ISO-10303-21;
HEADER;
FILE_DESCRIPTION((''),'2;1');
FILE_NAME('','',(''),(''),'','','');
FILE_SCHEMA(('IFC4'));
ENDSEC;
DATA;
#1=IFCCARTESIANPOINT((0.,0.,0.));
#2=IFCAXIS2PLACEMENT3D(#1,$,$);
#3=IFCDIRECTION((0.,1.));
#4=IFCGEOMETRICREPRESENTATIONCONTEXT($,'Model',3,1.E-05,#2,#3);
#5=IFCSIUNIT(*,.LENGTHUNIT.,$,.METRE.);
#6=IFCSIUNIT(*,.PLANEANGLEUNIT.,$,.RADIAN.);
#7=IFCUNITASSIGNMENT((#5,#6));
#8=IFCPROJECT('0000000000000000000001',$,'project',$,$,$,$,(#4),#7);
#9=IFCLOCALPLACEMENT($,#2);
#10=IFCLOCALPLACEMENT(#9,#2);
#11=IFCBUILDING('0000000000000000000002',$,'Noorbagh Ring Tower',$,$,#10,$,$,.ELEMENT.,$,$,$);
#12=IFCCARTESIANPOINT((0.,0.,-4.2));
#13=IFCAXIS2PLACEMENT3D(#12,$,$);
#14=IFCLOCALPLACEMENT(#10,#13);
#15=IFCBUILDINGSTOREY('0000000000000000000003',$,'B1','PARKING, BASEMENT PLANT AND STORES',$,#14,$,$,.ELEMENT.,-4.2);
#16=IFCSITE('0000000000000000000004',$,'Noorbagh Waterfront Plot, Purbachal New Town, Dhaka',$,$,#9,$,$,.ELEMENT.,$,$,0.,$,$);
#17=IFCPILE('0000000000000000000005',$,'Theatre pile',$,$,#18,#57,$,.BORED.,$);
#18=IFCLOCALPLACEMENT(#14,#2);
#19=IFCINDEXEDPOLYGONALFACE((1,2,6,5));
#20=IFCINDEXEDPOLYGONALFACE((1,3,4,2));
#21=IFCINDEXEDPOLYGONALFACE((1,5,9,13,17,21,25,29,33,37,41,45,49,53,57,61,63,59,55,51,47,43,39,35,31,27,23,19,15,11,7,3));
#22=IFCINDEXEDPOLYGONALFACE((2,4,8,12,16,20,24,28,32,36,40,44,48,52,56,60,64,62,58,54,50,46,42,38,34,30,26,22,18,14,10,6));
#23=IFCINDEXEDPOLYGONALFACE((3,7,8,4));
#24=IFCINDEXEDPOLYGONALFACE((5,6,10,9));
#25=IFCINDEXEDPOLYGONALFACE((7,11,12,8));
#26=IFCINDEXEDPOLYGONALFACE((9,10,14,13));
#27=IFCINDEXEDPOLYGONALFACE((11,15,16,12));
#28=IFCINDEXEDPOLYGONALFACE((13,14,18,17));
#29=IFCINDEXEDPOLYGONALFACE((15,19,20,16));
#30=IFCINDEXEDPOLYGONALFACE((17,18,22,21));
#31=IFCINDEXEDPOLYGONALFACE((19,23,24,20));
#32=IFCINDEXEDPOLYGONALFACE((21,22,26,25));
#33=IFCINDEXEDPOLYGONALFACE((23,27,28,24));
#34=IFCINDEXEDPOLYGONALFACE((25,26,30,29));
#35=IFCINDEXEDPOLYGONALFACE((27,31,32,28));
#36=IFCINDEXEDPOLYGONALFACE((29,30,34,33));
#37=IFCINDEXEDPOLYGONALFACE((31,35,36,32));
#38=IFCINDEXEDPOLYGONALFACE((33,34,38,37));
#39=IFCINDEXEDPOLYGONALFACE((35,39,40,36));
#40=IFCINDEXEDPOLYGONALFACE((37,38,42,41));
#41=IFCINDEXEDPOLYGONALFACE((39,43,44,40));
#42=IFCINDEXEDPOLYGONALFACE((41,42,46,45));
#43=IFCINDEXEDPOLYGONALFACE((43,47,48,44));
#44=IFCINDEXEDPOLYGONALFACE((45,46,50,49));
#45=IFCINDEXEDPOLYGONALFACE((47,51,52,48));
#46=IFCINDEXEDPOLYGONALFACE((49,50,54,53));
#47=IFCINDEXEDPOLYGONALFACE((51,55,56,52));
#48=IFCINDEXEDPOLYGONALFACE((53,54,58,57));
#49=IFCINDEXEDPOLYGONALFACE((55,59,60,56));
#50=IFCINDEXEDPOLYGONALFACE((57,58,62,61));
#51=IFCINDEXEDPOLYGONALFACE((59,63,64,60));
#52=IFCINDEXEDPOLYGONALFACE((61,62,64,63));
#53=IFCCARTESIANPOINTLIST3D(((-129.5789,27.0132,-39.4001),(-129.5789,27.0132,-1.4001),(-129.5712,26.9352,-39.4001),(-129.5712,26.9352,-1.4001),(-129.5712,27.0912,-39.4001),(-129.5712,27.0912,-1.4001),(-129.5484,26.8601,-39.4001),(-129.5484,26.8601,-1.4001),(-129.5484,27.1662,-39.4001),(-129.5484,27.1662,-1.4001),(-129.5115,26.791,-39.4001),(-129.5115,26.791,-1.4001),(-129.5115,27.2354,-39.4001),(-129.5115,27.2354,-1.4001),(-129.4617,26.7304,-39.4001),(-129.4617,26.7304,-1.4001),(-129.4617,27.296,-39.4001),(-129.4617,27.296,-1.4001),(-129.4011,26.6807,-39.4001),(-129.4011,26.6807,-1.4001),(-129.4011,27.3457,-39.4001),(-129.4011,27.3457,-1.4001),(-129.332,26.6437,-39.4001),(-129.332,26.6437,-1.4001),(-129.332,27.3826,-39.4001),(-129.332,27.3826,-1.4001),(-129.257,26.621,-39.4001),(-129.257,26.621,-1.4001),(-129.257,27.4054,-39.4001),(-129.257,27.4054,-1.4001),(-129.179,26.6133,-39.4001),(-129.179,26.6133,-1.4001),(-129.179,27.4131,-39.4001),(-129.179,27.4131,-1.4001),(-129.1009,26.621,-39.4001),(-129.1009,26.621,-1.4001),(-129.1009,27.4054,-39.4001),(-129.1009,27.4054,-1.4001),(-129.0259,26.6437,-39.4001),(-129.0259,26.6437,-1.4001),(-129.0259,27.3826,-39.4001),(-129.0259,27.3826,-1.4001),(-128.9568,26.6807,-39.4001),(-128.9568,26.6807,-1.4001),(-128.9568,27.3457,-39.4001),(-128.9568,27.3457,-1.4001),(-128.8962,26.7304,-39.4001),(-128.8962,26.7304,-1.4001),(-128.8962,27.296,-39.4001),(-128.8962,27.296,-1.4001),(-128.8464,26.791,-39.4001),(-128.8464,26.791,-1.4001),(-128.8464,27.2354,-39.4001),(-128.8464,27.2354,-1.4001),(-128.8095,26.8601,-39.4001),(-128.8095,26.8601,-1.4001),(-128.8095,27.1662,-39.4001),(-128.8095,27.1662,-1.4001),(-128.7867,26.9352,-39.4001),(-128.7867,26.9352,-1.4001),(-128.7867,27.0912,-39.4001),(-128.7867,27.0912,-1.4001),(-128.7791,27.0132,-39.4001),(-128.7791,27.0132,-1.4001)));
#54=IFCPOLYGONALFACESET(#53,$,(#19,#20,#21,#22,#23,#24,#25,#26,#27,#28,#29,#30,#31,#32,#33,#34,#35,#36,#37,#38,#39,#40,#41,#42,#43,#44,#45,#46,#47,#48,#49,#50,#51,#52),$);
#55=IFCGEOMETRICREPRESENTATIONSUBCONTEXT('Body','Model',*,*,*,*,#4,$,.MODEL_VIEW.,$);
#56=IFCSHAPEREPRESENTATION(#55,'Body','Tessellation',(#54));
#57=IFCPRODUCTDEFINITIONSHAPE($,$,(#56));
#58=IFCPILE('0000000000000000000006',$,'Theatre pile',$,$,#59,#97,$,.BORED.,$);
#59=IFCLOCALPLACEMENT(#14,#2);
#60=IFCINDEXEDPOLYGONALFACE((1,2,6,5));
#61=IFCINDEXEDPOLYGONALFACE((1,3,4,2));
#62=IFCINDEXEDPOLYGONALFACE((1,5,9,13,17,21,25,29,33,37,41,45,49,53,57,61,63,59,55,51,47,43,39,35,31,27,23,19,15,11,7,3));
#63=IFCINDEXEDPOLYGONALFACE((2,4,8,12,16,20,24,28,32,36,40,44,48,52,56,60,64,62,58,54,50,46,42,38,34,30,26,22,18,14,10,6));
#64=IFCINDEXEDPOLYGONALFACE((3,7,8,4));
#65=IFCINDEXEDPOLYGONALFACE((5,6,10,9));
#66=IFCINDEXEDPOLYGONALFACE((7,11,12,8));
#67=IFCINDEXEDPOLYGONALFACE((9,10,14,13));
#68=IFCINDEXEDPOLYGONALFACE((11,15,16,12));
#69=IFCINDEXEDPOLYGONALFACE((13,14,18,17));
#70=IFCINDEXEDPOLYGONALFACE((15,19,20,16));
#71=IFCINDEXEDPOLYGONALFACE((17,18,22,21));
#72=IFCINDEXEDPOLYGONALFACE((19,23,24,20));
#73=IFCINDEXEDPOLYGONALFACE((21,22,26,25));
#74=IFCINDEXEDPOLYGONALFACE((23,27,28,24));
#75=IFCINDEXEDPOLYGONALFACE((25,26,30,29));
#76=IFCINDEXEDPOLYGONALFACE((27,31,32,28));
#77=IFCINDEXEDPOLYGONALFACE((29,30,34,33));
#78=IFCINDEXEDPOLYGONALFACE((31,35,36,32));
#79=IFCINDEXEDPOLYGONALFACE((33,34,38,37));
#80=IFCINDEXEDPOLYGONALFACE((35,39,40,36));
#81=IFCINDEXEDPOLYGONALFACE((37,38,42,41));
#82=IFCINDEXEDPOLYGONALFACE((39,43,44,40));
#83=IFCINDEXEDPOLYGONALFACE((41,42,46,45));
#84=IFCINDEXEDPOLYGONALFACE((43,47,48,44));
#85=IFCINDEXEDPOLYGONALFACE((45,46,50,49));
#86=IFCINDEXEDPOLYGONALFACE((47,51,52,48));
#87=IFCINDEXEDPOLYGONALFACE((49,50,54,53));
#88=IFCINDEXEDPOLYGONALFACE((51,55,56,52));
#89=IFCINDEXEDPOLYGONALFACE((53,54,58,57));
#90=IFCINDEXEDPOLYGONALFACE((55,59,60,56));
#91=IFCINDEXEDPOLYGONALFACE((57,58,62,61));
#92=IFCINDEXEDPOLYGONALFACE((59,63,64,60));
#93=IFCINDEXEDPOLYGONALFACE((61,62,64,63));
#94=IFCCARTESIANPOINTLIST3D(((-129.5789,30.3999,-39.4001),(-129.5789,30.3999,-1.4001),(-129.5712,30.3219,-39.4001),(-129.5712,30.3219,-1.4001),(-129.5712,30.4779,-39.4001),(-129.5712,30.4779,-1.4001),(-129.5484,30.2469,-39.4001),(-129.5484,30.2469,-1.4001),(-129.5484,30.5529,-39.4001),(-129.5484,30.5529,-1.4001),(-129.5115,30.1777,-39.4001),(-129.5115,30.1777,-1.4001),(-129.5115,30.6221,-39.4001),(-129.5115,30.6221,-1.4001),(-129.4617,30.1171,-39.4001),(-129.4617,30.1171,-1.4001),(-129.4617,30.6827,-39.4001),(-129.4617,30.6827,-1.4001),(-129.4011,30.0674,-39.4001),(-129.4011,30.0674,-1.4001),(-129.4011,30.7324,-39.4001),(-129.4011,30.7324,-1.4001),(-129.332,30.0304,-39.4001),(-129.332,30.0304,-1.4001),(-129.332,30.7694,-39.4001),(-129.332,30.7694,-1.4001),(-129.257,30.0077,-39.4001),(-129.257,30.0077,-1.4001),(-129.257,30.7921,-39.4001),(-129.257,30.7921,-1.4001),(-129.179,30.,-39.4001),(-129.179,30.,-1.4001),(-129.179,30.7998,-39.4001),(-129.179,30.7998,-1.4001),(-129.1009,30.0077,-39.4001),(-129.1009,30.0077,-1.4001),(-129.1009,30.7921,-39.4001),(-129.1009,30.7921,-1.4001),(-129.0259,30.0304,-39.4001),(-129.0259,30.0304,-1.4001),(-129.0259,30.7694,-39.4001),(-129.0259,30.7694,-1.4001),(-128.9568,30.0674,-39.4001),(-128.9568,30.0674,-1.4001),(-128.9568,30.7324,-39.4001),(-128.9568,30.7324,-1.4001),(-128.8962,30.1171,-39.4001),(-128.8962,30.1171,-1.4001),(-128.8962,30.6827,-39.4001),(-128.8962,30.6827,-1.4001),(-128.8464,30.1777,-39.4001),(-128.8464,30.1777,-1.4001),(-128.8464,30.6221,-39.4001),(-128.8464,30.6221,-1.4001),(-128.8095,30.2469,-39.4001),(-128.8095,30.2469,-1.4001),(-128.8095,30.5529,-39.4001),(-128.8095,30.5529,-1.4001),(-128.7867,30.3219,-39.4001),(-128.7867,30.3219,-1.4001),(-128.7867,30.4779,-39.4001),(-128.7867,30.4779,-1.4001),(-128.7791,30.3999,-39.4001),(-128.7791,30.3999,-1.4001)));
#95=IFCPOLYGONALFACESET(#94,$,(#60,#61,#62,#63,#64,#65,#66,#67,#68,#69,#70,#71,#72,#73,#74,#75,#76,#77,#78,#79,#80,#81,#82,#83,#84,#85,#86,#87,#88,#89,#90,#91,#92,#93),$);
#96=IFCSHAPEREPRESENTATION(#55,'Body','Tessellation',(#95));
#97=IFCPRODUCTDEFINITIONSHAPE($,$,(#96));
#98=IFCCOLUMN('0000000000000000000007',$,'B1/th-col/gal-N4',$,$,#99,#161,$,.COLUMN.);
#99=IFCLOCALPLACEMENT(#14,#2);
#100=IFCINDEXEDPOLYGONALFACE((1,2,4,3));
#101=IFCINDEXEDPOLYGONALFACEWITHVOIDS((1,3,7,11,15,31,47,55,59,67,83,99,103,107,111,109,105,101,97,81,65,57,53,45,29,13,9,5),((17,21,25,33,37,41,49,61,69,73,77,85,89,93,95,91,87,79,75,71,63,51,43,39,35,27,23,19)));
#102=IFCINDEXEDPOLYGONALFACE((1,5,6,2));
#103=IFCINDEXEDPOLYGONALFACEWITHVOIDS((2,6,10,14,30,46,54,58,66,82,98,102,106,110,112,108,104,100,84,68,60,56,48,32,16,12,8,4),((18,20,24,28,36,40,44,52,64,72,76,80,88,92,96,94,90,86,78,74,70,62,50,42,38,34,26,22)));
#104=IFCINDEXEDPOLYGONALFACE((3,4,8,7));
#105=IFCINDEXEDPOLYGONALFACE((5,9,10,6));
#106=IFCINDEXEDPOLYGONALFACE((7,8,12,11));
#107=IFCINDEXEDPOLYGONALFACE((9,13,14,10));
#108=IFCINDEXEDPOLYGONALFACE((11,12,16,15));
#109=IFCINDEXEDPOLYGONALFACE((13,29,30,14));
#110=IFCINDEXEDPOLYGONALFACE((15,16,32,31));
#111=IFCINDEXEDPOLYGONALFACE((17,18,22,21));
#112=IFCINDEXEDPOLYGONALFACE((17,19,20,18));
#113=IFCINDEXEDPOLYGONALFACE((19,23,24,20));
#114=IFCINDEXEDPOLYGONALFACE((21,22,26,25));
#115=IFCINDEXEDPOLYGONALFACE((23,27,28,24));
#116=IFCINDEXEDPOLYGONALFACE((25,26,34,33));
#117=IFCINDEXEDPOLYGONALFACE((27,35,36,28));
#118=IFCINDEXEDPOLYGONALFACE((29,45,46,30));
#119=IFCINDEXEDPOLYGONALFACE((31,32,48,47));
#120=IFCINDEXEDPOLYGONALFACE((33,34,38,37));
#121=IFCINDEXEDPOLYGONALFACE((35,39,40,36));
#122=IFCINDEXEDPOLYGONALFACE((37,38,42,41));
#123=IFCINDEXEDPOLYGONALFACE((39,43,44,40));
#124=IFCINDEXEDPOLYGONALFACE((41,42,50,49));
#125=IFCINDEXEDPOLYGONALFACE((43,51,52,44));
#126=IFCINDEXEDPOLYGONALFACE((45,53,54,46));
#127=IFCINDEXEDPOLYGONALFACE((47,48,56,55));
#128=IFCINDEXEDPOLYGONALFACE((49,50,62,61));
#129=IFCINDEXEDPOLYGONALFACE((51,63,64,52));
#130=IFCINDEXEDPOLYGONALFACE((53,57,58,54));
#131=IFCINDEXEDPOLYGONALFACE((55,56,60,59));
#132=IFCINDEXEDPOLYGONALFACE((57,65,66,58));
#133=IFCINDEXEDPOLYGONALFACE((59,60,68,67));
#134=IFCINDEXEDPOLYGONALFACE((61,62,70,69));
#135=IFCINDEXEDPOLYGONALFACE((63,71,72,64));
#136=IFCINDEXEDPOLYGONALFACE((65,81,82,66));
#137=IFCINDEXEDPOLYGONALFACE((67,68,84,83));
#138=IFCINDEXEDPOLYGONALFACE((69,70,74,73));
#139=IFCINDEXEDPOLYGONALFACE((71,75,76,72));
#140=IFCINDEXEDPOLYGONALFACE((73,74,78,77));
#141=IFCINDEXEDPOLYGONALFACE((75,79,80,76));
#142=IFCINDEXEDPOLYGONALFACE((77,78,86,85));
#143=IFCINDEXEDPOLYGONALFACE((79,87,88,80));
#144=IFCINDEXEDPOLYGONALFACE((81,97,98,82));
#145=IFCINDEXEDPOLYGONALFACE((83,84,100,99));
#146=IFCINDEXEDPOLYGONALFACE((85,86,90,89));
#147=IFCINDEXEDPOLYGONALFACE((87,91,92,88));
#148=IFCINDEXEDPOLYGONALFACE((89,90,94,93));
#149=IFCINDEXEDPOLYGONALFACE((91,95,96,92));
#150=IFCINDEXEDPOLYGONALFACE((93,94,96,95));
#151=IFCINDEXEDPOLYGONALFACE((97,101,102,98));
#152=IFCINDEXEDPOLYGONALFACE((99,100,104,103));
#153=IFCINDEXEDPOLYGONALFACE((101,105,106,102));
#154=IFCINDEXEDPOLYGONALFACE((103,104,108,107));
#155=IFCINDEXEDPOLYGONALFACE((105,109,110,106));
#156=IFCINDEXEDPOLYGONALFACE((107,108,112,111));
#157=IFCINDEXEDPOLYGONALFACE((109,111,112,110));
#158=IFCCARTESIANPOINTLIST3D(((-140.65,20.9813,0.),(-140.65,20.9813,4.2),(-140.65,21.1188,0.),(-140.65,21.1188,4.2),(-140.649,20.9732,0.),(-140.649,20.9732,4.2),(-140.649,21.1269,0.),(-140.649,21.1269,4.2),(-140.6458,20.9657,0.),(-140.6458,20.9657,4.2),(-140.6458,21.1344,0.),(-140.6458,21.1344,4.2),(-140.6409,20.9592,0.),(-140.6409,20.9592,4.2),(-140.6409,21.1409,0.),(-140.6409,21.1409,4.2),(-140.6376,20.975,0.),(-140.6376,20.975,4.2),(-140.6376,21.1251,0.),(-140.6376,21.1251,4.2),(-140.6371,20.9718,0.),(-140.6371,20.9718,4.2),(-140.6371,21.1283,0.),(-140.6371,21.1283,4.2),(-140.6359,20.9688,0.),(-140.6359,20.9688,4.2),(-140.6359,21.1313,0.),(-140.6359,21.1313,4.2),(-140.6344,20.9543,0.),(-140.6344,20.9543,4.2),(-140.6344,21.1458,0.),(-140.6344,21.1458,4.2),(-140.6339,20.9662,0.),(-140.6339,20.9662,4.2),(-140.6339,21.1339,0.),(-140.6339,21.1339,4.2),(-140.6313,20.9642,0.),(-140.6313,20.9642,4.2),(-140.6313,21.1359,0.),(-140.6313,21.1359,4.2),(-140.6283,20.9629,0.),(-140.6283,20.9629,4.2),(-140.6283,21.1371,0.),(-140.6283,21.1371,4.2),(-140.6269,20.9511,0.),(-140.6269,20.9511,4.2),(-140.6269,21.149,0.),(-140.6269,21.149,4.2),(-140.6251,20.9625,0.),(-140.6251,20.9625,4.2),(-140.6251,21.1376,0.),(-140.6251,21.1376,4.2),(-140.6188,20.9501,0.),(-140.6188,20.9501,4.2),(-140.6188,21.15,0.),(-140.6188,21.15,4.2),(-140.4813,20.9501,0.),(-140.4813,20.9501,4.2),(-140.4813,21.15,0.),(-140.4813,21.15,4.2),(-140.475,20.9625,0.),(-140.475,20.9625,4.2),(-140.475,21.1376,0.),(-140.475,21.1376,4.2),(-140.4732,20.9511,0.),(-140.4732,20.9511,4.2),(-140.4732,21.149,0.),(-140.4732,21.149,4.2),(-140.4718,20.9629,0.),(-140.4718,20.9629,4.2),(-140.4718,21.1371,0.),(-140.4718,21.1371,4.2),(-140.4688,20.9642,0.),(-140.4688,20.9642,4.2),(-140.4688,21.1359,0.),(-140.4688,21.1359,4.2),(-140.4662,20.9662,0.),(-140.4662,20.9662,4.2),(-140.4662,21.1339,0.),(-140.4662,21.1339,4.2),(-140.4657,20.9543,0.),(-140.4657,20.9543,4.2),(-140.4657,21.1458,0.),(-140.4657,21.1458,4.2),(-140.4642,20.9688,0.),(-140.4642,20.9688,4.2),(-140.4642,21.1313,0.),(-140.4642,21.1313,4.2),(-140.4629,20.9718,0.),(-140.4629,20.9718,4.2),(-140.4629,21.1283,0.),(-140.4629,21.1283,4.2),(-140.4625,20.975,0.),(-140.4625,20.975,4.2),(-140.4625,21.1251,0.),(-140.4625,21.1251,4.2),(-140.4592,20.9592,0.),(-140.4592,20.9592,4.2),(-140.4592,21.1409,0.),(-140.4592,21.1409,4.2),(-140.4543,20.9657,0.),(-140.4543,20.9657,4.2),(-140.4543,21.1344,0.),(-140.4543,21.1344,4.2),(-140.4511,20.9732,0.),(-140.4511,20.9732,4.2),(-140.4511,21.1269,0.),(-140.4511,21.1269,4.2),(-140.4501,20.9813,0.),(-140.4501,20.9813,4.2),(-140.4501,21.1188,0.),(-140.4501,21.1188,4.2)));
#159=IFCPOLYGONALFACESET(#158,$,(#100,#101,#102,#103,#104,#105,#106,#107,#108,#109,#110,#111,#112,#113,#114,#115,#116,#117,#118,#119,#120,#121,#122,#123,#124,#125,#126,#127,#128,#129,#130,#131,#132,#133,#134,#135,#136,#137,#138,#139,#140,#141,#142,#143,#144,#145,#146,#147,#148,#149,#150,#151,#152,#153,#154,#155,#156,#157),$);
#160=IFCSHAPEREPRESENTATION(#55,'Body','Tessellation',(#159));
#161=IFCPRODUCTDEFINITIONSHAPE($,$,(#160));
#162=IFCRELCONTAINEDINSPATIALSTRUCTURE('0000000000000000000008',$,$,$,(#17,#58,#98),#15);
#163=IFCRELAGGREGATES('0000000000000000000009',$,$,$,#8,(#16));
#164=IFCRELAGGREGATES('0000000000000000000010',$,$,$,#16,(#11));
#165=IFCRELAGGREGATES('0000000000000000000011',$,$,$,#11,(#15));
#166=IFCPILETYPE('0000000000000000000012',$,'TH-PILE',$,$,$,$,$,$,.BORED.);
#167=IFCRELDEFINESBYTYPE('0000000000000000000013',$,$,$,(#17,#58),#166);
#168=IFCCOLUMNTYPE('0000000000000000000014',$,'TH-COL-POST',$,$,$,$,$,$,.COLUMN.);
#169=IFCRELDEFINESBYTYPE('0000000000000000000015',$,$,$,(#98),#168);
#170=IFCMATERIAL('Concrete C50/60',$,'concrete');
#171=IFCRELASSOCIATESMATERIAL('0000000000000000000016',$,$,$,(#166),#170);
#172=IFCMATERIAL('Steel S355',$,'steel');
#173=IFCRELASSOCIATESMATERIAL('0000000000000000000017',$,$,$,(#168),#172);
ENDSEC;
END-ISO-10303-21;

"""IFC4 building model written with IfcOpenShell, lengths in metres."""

from ifc_helpers import new_model, si_unit, direction, frame, origin, origin_2d, place, context, subcontext, project, spatial, hollow_rectangle, circle, extrude, material, material_profile, profile_set, type_object, element, save


model = new_model("IFC4")

# Units and contexts
model_context = context("Model", 3, precision=1e-05, world=origin(), true_north=direction((0.0, 1.0)))
body_context = subcontext(model_context, "Body", "Model", "MODEL_VIEW")
ifc_project = project(units=[si_unit("LENGTHUNIT", "METRE"), si_unit("PLANEANGLEUNIT", "RADIAN")], contexts=[model_context])

# Site, building, storey
site_placement = place(None, origin())
site = spatial("IfcSite", under=ifc_project, at=site_placement, Name="Noorbagh Waterfront Plot, Purbachal New Town, Dhaka", CompositionType="ELEMENT", RefElevation=0.0)
building_placement = place(site_placement, origin())
building = spatial("IfcBuilding", under=site, at=building_placement, Name="Noorbagh Ring Tower", CompositionType="ELEMENT")
storey_placement = place(building_placement, frame((0.0, 0.0, -4.2)))
storey = spatial("IfcBuildingStorey", under=building, at=storey_placement, Name="B1", Description="PARKING, BASEMENT PLANT AND STORES", CompositionType="ELEMENT", Elevation=-4.2)

# Piles
ifc_material_1 = material(Name="Concrete C50/60", Category="concrete")
ifc_material_profile_1 = material_profile(ifc_material_1, circle(Radius=0.3999, at=origin_2d()), Name="PILE800")
ifc_profile_set_1 = profile_set([ifc_material_profile_1], Name="Concrete C50/60")
pile_type = type_object("IfcPileType", Name="TH-PILE", PredefinedType="BORED", material=ifc_profile_set_1)
for number, where, z_axis, x_axis, name in (
    (1, (-129.179, 27.0132, -1.4001), (0.0, 0.0, -1.0), (1.0, 0.0, 0.0), "Theatre pile"),
    (2, (-129.179, 30.3999, -1.4001), (0.0, 0.0, -1.0), (1.0, 0.0, 0.0), "Theatre pile"),
):
    element("IfcPile", number, at=place(storey_placement, frame(where, z_axis=z_axis, x_axis=x_axis)), inside=storey, type_object=pile_type, Name=name, PredefinedType="BORED", context=body_context, shape_type="SweptSolid", body=[
        extrude(circle(Radius=0.3999, at=origin_2d()), origin(), (0.0, 0.0, 1.0), 38.0),
    ])

# Column
ifc_material_2 = material(Name="Steel S355", Category="steel")
ifc_material_profile_2 = material_profile(ifc_material_2, hollow_rectangle(XDim=0.2, YDim=0.2, WallThickness=0.0125, InnerFilletRadius=0.0125, OuterFilletRadius=0.0312, at=origin_2d()), Name="SHS200x200x12.5")
ifc_profile_set_2 = profile_set([ifc_material_profile_2], Name="Steel S355")
column_type = type_object("IfcColumnType", Name="TH-COL-POST", PredefinedType="COLUMN", material=ifc_profile_set_2)
column_placement = place(storey_placement, frame((-140.55, 21.05, 0.0), z_axis=(0.0, 0.0, 1.0), x_axis=(1.0, 0.0, 0.0)))
element("IfcColumn", 3, at=column_placement, inside=storey, type_object=column_type, Name="B1/th-col/gal-N4", PredefinedType="COLUMN", context=body_context, shape_type="SweptSolid", body=[
    extrude(hollow_rectangle(XDim=0.2, YDim=0.2, WallThickness=0.0125, InnerFilletRadius=0.0125, OuterFilletRadius=0.0312, at=origin_2d()), origin(), (0.0, 0.0, 1.0), 4.2),
])

save(model, "model.ifc")
